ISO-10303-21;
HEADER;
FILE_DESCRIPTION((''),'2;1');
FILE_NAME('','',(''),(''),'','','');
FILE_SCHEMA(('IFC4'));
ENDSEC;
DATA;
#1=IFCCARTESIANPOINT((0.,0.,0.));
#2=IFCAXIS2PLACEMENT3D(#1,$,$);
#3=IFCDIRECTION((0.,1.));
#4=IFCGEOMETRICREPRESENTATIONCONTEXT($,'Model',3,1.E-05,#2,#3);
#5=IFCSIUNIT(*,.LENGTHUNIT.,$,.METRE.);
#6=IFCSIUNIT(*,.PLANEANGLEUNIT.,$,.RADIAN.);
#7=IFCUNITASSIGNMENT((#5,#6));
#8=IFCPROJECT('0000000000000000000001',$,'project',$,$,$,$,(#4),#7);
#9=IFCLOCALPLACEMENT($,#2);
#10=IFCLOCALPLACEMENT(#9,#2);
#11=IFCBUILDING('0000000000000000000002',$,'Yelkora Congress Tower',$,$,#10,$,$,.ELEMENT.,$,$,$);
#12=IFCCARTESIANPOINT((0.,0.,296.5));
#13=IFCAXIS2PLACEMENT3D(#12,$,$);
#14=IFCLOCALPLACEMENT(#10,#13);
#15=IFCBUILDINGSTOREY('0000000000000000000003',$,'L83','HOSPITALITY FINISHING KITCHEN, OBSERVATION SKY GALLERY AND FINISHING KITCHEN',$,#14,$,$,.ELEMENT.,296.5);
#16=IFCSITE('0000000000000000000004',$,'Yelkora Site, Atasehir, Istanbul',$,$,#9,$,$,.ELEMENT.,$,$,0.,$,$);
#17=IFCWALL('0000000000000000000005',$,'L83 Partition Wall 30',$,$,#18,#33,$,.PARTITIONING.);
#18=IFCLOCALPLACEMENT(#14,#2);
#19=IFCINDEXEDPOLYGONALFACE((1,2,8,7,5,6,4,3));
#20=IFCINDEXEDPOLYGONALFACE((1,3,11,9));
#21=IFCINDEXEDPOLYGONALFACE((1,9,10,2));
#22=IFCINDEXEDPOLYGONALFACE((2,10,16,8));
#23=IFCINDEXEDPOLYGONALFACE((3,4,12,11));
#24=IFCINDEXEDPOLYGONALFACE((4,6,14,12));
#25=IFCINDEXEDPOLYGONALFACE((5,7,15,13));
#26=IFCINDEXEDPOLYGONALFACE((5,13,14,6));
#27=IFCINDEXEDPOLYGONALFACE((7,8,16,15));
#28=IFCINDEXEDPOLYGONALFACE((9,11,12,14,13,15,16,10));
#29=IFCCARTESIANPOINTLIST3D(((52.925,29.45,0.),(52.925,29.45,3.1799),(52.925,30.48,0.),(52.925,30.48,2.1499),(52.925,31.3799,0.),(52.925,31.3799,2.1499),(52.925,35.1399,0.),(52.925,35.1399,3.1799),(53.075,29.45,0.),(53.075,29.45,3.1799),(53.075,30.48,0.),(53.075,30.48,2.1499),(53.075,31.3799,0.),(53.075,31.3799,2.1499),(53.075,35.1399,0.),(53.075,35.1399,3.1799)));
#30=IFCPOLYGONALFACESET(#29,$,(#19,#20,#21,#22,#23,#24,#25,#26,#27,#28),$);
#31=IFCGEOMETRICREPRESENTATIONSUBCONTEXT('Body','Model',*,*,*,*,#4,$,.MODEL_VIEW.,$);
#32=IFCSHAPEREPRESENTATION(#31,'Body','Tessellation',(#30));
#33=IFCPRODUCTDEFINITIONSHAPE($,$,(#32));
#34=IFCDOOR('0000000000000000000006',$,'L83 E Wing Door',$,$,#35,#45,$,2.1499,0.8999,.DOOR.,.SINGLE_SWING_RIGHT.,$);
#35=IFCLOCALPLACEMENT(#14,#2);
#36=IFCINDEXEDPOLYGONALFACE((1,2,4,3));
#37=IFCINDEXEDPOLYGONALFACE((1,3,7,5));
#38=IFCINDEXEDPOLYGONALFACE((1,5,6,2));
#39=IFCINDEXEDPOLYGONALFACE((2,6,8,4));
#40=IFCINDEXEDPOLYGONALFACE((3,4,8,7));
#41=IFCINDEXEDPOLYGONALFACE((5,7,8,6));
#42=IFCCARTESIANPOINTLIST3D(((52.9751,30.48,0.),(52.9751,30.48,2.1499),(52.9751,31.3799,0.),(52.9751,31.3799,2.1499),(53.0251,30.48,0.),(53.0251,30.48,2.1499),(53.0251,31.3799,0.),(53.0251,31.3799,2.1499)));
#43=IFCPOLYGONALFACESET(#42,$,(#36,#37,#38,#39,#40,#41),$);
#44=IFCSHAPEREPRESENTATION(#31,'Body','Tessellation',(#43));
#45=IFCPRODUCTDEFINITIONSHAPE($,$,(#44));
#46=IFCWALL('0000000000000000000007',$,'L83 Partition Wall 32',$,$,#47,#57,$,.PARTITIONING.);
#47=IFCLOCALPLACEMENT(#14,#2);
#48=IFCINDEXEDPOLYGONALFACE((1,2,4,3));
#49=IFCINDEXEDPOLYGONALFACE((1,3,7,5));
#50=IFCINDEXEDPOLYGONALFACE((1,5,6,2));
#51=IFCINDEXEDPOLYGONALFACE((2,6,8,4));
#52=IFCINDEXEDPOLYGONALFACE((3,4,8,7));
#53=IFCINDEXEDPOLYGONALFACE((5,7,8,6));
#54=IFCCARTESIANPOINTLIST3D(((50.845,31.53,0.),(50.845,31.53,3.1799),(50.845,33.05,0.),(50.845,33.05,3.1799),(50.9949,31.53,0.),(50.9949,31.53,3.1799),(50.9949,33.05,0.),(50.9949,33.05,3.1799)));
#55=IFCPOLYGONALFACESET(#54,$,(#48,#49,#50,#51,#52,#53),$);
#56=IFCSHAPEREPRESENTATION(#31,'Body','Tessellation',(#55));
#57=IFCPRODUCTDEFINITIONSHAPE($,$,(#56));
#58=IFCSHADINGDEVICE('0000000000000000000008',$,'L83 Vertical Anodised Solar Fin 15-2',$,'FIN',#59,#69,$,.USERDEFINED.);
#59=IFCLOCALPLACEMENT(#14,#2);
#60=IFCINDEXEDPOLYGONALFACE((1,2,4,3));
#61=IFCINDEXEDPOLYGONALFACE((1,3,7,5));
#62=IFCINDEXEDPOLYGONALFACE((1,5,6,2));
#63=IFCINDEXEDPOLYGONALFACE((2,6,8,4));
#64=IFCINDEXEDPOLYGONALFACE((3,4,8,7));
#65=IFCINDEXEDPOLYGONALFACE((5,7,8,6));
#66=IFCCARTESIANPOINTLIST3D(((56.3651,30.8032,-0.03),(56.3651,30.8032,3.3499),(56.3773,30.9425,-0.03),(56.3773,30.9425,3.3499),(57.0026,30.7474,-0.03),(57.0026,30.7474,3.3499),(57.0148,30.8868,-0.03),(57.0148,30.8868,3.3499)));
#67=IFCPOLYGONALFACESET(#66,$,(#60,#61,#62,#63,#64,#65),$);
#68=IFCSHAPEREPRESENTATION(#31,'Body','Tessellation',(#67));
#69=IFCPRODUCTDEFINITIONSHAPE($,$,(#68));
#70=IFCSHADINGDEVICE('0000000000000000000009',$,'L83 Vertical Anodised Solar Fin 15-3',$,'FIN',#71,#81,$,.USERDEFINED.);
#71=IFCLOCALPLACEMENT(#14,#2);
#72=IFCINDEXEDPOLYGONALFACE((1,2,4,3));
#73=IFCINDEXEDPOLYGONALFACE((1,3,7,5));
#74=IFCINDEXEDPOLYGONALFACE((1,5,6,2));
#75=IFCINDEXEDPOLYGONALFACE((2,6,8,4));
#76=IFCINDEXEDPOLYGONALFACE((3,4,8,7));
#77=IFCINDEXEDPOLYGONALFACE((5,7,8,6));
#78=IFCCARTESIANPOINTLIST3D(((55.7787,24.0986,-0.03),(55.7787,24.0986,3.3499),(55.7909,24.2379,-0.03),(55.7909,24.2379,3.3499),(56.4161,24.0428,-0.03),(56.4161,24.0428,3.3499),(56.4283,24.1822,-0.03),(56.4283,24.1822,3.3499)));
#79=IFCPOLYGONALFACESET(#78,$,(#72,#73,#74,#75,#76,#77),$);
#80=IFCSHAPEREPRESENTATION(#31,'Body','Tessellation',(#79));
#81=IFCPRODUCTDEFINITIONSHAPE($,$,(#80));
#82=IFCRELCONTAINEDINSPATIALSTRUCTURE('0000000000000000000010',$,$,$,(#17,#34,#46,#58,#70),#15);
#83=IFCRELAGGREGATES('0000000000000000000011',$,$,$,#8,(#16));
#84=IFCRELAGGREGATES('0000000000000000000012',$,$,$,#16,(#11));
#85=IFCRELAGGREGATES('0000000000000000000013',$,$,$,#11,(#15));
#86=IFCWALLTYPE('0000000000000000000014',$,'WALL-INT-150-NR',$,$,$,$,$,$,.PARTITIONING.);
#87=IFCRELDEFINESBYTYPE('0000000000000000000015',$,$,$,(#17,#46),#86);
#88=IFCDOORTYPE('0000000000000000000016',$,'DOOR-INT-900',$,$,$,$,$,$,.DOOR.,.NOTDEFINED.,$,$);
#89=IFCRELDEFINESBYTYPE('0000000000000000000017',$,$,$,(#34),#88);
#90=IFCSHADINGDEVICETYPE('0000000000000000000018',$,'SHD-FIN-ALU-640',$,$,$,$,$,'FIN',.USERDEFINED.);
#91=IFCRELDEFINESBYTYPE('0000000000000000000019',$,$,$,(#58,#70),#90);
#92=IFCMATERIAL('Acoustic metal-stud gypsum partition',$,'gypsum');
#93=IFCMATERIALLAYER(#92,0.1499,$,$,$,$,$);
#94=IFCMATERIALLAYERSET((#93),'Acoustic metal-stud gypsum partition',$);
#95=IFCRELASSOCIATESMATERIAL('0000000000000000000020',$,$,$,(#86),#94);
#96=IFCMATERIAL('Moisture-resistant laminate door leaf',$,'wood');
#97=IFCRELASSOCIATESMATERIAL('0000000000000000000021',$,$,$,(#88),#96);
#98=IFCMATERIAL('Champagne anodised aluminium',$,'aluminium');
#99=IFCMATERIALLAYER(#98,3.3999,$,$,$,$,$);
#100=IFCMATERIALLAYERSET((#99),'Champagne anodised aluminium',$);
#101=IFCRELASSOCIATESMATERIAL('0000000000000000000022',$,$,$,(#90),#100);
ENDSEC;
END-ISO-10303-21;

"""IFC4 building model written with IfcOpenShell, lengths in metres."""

from ifc_helpers import new_model, si_unit, direction, frame, frame_2d, origin, origin_2d, place, context, subcontext, project, spatial, rectangle, extrude, material, layer, layer_set, type_object, element, fill, save


model = new_model("IFC4")

# Units and contexts
model_context = context("Model", 3, precision=1e-05, world=origin(), true_north=direction((0.0, 1.0)))
body_context = subcontext(model_context, "Body", "Model", "MODEL_VIEW")
ifc_project = project(units=[si_unit("LENGTHUNIT", "METRE"), si_unit("PLANEANGLEUNIT", "RADIAN")], contexts=[model_context])

# Site, building, storey
site_placement = place(None, origin())
site = spatial("IfcSite", under=ifc_project, at=site_placement, Name="Yelkora Site, Atasehir, Istanbul", CompositionType="ELEMENT", RefElevation=0.0)
building_placement = place(site_placement, origin())
building = spatial("IfcBuilding", under=site, at=building_placement, Name="Yelkora Congress Tower", CompositionType="ELEMENT")
storey_placement = place(building_placement, frame((0.0, 0.0, 296.5)))
storey = spatial("IfcBuildingStorey", under=building, at=storey_placement, Name="L83", Description="HOSPITALITY FINISHING KITCHEN, OBSERVATION SKY GALLERY AND FINISHING KITCHEN", CompositionType="ELEMENT", Elevation=296.5)

# Wall, opening, door
ifc_material_1 = material(Name="Acoustic metal-stud gypsum partition", Category="gypsum")
ifc_layer_1 = layer(ifc_material_1, 0.1499)
ifc_layer_set_1 = layer_set([ifc_layer_1], Name="Acoustic metal-stud gypsum partition")
wall_type = type_object("IfcWallType", Name="WALL-INT-150-NR", PredefinedType="PARTITIONING", material=ifc_layer_set_1)
wall_1_placement = place(storey_placement, frame((53.0, 29.45, 0.0), z_axis=(0.0, 0.0, 1.0), x_axis=(0.0, 1.0, 0.0)))
wall_1 = element("IfcWall", 1, at=wall_1_placement, inside=storey, type_object=wall_type, Name="L83 Partition Wall 30", PredefinedType="PARTITIONING", context=body_context, shape_type="SweptSolid", body=[
    extrude(rectangle(XDim=5.6899, YDim=0.1499, at=frame_2d((2.845, 0.0))), origin(), (0.0, 0.0, 1.0), 3.1799),
])
opening_placement = place(wall_1_placement, frame((1.03, 0.0, 0.0)))
opening = element("IfcOpeningElement", 2, at=opening_placement, cuts=wall_1, PredefinedType="OPENING", context=body_context, shape_type="SweptSolid", body=[
    extrude(rectangle(XDim=0.8999, YDim=2.1499, at=frame_2d((0.45, 1.075))), frame((0.0, 0.085, 0.0), z_axis=(0.0, -1.0, 0.0), x_axis=(1.0, 0.0, 0.0)), (0.0, 0.0, 1.0), 0.1699),
])
ifc_material_2 = material(Name="Moisture-resistant laminate door leaf", Category="wood")
door_type = type_object("IfcDoorType", Name="DOOR-INT-900", OperationType="NOTDEFINED", PredefinedType="DOOR", material=ifc_material_2)
door_placement = place(opening_placement, origin())
door = element("IfcDoor", 3, at=door_placement, inside=storey, type_object=door_type, Name="L83 E Wing Door", OperationType="SINGLE_SWING_RIGHT", OverallHeight=2.1499, OverallWidth=0.8999, PredefinedType="DOOR", context=body_context, shape_type="SweptSolid", body=[
    extrude(rectangle(XDim=0.8999, YDim=2.1499, at=frame_2d((0.45, 1.075))), frame((0.0, 0.0249, 0.0), z_axis=(0.0, -1.0, 0.0), x_axis=(1.0, 0.0, 0.0)), (0.0, 0.0, 1.0), 0.05),
])
fill(opening, door)

# Wall
wall_2_placement = place(storey_placement, frame((50.9199, 31.53, 0.0), z_axis=(0.0, 0.0, 1.0), x_axis=(0.0, 1.0, 0.0)))
element("IfcWall", 4, at=wall_2_placement, inside=storey, type_object=wall_type, Name="L83 Partition Wall 32", PredefinedType="PARTITIONING", context=body_context, shape_type="SweptSolid", body=[
    extrude(rectangle(XDim=1.52, YDim=0.1499, at=frame_2d((0.76, 0.0))), origin(), (0.0, 0.0, 1.0), 3.1799),
])

# Shading devices
ifc_material_3 = material(Name="Champagne anodised aluminium", Category="aluminium")
ifc_layer_2 = layer(ifc_material_3, 3.3999)
ifc_layer_set_2 = layer_set([ifc_layer_2], Name="Champagne anodised aluminium")
shading_device_type = type_object("IfcShadingDeviceType", Name="SHD-FIN-ALU-640", ElementType="FIN", PredefinedType="USERDEFINED", material=ifc_layer_set_2)
for number, where, z_axis, x_axis, name in (
    (5, (56.6899, 30.845, -0.03), (0.0, 0.0, 1.0), (-0.087156, -0.996195, 0.0), "L83 Vertical Anodised Solar Fin 15-2"),
    (6, (56.1035, 24.1404, -0.03), (0.0, 0.0, 1.0), (-0.087156, -0.996195, 0.0), "L83 Vertical Anodised Solar Fin 15-3"),
):
    element("IfcShadingDevice", number, at=place(storey_placement, frame(where, z_axis=z_axis, x_axis=x_axis)), inside=storey, type_object=shading_device_type, Name=name, ObjectType="FIN", PredefinedType="USERDEFINED", context=body_context, shape_type="SweptSolid", body=[
        extrude(rectangle(XDim=0.1399, YDim=0.6399, at=origin_2d()), origin(), (0.0, 0.0, 1.0), 3.3799),
    ])

save(model, "model.ifc")
